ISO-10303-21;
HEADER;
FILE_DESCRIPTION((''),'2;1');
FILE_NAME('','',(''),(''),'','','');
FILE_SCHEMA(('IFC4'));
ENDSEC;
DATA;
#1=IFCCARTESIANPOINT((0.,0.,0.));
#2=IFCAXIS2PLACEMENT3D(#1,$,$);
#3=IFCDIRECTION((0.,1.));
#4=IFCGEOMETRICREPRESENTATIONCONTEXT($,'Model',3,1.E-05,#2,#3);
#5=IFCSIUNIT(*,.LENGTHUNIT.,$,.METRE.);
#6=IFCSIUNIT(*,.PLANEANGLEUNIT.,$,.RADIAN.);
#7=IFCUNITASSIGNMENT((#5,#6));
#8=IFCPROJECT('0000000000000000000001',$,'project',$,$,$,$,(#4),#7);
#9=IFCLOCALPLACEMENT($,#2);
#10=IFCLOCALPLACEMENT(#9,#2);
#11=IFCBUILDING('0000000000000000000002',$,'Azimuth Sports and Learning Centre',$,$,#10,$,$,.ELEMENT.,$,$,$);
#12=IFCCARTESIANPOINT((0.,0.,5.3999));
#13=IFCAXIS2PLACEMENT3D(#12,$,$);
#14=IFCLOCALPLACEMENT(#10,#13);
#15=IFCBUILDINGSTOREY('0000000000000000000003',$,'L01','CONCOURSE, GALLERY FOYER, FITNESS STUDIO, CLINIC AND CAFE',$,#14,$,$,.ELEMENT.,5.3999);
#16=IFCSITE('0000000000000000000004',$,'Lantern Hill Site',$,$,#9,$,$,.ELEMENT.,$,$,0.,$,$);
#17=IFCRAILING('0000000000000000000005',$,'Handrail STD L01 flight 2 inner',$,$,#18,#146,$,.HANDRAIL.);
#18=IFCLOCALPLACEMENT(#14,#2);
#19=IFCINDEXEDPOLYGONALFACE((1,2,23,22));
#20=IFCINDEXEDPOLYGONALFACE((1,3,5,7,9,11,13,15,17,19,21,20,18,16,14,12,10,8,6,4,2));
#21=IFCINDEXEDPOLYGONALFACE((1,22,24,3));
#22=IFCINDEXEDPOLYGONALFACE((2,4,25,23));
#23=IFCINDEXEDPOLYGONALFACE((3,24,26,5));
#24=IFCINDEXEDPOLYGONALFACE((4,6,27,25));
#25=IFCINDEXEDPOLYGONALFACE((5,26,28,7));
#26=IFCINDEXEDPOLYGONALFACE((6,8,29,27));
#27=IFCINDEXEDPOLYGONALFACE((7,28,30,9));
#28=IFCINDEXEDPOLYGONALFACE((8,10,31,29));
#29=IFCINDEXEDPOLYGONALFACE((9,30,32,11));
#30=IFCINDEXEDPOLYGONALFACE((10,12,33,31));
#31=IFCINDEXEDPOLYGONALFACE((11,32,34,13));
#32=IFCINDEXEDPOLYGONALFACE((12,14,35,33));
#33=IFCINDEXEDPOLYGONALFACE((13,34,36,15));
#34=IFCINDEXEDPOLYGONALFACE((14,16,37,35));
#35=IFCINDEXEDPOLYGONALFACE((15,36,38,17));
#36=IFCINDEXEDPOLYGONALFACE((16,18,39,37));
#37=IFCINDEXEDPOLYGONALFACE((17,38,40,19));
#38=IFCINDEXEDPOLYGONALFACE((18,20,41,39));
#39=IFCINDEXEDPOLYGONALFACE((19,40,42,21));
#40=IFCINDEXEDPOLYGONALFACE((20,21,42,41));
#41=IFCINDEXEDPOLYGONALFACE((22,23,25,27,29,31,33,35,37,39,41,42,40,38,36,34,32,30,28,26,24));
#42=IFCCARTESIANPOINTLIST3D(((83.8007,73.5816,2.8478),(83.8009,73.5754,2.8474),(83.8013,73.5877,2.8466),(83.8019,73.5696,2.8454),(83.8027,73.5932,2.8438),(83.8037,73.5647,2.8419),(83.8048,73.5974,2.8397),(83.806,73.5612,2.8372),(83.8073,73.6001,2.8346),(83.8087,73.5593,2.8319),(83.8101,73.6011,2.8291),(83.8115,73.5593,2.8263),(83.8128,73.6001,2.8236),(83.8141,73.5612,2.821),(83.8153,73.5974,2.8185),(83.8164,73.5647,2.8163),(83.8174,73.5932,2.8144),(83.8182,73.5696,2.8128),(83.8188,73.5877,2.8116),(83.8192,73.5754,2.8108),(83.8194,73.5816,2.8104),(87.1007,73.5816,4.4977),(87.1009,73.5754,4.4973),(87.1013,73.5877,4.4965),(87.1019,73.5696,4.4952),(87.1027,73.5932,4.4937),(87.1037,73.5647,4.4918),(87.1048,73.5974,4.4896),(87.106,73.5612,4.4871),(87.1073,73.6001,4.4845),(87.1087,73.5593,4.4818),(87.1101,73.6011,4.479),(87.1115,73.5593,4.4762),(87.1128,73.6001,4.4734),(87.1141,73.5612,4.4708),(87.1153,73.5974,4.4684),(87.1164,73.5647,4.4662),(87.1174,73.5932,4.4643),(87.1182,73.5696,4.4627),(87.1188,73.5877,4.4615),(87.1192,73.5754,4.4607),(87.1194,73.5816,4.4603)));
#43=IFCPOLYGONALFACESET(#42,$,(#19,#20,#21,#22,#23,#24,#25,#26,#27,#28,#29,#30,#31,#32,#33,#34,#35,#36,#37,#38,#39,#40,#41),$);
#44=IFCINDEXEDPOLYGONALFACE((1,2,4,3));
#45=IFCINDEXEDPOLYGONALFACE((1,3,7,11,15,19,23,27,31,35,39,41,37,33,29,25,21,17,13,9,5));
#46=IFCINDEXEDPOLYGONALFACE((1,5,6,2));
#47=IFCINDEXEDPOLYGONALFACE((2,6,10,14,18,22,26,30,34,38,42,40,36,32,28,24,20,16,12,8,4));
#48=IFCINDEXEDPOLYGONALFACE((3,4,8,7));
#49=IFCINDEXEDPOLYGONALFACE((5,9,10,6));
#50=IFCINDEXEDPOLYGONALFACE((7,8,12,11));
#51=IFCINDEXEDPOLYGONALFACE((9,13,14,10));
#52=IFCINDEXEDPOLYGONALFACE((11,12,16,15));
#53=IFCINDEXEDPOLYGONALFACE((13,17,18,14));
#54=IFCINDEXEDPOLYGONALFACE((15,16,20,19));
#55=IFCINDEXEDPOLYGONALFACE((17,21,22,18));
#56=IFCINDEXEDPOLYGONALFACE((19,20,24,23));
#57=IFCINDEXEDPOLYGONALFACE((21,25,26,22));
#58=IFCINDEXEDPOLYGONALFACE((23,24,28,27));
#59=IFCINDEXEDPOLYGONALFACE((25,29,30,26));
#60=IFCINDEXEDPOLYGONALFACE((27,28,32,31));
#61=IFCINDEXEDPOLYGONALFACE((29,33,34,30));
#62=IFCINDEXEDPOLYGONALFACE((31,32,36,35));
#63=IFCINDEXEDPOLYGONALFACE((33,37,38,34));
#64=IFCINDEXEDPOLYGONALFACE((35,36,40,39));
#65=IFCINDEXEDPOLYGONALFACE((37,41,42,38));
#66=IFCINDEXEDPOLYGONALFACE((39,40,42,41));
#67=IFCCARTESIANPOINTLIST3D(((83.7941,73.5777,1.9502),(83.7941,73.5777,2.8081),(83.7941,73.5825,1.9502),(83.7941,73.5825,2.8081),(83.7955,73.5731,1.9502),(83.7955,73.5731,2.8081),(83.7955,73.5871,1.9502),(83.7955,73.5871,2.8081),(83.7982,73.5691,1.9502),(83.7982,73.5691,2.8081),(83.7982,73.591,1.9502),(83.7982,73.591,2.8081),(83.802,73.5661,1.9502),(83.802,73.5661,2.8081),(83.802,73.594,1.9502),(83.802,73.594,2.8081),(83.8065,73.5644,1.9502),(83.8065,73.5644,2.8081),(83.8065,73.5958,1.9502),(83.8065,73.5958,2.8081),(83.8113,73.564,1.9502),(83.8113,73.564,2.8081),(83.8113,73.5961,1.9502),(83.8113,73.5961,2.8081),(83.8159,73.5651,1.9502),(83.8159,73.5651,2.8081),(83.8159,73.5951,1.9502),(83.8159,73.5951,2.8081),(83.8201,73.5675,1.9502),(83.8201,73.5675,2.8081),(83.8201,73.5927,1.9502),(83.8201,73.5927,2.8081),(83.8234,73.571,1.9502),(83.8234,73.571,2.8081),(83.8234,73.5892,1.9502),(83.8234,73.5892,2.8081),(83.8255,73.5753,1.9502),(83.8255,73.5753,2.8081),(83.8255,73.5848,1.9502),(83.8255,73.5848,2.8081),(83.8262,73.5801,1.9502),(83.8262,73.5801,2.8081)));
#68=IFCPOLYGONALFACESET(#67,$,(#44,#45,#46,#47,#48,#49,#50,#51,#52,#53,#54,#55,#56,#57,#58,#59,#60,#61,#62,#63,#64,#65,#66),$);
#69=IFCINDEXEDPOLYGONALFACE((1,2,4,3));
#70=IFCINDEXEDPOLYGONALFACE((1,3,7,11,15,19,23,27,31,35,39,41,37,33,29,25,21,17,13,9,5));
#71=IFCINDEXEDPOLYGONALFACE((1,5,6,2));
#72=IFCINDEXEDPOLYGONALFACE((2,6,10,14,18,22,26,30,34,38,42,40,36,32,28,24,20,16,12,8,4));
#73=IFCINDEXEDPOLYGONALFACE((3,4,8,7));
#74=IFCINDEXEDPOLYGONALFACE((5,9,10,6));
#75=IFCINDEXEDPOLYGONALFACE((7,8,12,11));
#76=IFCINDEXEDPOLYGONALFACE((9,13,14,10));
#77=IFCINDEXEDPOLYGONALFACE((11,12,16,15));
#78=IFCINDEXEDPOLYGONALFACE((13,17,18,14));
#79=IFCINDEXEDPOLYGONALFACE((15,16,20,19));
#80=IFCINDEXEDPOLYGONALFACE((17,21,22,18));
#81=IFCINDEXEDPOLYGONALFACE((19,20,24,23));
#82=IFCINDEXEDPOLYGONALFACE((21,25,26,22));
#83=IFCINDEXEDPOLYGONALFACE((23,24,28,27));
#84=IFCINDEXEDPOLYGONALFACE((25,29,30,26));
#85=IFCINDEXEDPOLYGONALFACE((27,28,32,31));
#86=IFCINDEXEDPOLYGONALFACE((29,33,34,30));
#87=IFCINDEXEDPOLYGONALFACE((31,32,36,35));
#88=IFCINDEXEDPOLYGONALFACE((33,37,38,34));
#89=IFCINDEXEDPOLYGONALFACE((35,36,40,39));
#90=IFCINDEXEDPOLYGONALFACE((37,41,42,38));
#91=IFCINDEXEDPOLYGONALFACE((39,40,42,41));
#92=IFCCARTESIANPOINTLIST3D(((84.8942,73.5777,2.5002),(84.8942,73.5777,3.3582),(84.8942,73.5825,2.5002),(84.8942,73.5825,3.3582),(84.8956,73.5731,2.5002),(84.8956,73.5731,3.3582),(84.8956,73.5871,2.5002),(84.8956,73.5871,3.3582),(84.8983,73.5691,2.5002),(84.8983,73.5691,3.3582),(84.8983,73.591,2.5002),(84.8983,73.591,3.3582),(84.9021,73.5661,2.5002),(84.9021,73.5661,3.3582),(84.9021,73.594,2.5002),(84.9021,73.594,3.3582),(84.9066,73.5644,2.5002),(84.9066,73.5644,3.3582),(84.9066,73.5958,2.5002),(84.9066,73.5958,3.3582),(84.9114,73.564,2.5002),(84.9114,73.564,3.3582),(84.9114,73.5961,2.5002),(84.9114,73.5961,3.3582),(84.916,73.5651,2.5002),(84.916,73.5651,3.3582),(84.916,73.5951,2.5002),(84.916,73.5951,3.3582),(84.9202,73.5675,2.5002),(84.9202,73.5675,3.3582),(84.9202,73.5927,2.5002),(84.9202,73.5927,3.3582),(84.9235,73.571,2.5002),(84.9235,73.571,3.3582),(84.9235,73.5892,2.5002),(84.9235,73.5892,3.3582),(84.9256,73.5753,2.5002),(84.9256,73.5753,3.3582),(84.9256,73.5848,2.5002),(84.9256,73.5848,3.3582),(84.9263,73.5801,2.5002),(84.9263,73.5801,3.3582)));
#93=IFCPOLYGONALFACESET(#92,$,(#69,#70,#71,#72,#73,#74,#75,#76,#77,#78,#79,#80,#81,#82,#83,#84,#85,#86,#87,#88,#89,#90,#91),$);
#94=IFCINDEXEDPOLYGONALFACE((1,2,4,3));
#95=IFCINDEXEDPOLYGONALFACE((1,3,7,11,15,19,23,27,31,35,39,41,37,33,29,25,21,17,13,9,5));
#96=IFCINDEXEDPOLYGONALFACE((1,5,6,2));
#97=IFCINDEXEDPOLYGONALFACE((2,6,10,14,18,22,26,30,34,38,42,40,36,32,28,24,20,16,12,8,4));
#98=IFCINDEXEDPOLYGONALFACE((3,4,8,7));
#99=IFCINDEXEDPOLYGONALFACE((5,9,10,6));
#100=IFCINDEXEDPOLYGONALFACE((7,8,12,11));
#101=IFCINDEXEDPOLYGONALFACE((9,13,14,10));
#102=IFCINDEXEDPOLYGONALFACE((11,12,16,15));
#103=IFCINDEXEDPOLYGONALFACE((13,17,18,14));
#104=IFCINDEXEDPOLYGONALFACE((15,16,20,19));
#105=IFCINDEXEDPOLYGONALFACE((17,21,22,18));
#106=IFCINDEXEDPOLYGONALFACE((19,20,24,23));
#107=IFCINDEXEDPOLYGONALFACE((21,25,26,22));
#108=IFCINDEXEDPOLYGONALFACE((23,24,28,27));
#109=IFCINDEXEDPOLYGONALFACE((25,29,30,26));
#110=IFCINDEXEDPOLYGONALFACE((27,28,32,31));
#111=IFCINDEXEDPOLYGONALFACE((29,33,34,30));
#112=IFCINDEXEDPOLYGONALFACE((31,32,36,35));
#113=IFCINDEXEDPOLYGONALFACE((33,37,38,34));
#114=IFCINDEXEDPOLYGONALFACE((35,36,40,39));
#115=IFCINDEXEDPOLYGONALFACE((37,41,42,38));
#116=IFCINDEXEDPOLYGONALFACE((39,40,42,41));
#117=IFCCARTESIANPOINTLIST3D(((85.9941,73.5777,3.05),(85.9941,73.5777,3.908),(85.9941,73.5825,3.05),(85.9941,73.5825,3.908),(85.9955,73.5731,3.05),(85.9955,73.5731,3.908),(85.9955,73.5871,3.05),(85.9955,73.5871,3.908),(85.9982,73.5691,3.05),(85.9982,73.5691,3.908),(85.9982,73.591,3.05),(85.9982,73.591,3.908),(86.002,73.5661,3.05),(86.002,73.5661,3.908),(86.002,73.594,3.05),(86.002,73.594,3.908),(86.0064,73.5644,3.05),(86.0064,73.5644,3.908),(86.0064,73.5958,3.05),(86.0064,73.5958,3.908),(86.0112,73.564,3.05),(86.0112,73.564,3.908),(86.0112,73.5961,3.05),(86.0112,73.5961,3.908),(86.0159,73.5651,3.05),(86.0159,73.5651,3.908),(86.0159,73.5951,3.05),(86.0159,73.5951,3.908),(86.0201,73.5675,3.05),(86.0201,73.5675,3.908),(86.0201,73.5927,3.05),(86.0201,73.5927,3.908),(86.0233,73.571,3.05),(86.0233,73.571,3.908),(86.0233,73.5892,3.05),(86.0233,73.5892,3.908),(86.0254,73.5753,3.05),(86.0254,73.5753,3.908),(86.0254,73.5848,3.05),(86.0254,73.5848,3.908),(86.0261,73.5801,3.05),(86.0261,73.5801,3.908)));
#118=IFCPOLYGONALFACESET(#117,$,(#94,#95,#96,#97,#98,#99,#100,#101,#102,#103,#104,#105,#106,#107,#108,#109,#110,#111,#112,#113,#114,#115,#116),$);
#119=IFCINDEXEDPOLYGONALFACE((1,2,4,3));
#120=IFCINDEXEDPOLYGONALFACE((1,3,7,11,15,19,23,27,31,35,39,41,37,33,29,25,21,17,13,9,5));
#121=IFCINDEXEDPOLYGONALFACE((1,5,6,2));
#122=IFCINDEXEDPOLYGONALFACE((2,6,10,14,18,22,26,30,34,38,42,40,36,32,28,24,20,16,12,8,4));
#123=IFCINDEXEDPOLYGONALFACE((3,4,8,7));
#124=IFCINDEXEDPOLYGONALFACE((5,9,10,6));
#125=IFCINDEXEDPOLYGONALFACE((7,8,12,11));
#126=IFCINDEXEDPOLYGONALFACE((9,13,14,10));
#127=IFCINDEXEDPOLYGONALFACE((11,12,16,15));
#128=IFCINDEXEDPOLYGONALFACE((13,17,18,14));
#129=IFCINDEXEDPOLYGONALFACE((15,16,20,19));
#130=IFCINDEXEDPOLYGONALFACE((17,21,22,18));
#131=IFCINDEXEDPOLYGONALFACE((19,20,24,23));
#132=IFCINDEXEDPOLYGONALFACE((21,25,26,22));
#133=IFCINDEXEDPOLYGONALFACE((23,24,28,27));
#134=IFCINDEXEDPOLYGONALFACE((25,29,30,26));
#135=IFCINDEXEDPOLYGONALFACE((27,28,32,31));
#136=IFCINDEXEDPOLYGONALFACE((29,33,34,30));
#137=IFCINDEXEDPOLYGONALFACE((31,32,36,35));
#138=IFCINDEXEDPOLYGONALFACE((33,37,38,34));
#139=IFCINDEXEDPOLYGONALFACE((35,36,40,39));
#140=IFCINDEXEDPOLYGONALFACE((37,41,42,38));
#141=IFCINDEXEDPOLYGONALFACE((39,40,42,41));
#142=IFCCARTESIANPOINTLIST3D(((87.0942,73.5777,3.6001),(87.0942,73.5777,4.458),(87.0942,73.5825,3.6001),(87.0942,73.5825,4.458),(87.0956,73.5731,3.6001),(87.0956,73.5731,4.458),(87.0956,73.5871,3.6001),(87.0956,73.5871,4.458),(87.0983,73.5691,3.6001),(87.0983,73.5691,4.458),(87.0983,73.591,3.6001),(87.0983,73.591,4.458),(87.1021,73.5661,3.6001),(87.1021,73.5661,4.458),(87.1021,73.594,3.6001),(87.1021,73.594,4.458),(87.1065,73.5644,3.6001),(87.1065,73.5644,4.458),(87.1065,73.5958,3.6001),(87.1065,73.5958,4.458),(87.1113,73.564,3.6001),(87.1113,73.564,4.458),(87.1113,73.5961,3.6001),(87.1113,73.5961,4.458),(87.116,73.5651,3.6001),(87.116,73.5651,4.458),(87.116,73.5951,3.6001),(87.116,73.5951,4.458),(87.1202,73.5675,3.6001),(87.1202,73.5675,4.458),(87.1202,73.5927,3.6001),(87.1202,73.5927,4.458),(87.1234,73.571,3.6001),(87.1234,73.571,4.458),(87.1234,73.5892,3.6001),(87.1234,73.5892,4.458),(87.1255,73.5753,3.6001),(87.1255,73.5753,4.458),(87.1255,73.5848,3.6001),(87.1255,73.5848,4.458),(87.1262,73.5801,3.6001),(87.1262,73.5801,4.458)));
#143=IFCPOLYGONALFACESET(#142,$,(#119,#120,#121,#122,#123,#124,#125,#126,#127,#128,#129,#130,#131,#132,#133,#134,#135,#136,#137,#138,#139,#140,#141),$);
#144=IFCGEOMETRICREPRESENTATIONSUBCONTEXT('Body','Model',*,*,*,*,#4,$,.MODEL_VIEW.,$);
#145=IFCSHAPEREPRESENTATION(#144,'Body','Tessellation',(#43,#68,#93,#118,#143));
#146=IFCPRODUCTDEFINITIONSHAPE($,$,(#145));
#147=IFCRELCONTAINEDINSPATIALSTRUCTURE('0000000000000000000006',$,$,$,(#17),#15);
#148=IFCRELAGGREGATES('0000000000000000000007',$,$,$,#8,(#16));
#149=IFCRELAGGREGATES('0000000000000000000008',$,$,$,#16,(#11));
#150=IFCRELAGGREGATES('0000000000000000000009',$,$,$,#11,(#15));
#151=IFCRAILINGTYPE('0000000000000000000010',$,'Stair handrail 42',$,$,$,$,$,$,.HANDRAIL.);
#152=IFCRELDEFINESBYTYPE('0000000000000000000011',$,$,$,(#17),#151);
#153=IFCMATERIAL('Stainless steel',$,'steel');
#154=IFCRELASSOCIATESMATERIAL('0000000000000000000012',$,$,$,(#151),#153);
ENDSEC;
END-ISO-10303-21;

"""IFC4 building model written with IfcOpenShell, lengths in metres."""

from ifc_helpers import new_model, si_unit, direction, frame, origin, origin_2d, place, context, subcontext, project, spatial, circle, extrude, material, type_object, element, save


model = new_model("IFC4")

# Units and contexts
model_context = context("Model", 3, precision=1e-05, world=origin(), true_north=direction((0.0, 1.0)))
body_context = subcontext(model_context, "Body", "Model", "MODEL_VIEW")
ifc_project = project(units=[si_unit("LENGTHUNIT", "METRE"), si_unit("PLANEANGLEUNIT", "RADIAN")], contexts=[model_context])

# Site, building, storey
site_placement = place(None, origin())
site = spatial("IfcSite", under=ifc_project, at=site_placement, Name="Lantern Hill Site", CompositionType="ELEMENT", RefElevation=0.0)
building_placement = place(site_placement, origin())
building = spatial("IfcBuilding", under=site, at=building_placement, Name="Azimuth Sports and Learning Centre", CompositionType="ELEMENT")
storey_placement = place(building_placement, frame((0.0, 0.0, 5.3999)))
storey = spatial("IfcBuildingStorey", under=building, at=storey_placement, Name="L01", Description="CONCOURSE, GALLERY FOYER, FITNESS STUDIO, CLINIC AND CAFE", CompositionType="ELEMENT", Elevation=5.3999)

# Railing
ifc_material_1 = material(Name="Stainless steel", Category="steel")
railing_type_1 = type_object("IfcRailingType", Name="Stair handrail 42", PredefinedType="HANDRAIL", material=ifc_material_1)
for number, where, name in (
    (1, (83.8101, 73.5801, 1.9502), "Handrail STD L01 flight 2 inner"),
):
    element("IfcRailing", number, at=place(storey_placement, frame(where)), inside=storey, type_object=railing_type_1, Name=name, PredefinedType="HANDRAIL", context=body_context, shape_type="SweptSolid", body=[
        extrude(circle(Radius=0.021, at=origin_2d()), frame((0.0, 0.0, 0.8789), z_axis=(0.89444, 0.0, 0.447187), x_axis=(0.0, 1.0, 0.0)), (0.0, 0.0, 1.0), 3.6895),
        extrude(circle(Radius=0.0161, at=origin_2d()), origin(), (0.0, 0.0, 1.0), 0.8579),
        extrude(circle(Radius=0.0161, at=origin_2d()), frame((1.1001, 0.0, 0.55)), (0.0, 0.0, 1.0), 0.8579),
        extrude(circle(Radius=0.0161, at=origin_2d()), frame((2.2, 0.0, 1.0999)), (0.0, 0.0, 1.0), 0.8579),
        extrude(circle(Radius=0.0161, at=origin_2d()), frame((3.3, 0.0, 1.6499)), (0.0, 0.0, 1.0), 0.8579),
    ])

save(model, "model.ifc")
